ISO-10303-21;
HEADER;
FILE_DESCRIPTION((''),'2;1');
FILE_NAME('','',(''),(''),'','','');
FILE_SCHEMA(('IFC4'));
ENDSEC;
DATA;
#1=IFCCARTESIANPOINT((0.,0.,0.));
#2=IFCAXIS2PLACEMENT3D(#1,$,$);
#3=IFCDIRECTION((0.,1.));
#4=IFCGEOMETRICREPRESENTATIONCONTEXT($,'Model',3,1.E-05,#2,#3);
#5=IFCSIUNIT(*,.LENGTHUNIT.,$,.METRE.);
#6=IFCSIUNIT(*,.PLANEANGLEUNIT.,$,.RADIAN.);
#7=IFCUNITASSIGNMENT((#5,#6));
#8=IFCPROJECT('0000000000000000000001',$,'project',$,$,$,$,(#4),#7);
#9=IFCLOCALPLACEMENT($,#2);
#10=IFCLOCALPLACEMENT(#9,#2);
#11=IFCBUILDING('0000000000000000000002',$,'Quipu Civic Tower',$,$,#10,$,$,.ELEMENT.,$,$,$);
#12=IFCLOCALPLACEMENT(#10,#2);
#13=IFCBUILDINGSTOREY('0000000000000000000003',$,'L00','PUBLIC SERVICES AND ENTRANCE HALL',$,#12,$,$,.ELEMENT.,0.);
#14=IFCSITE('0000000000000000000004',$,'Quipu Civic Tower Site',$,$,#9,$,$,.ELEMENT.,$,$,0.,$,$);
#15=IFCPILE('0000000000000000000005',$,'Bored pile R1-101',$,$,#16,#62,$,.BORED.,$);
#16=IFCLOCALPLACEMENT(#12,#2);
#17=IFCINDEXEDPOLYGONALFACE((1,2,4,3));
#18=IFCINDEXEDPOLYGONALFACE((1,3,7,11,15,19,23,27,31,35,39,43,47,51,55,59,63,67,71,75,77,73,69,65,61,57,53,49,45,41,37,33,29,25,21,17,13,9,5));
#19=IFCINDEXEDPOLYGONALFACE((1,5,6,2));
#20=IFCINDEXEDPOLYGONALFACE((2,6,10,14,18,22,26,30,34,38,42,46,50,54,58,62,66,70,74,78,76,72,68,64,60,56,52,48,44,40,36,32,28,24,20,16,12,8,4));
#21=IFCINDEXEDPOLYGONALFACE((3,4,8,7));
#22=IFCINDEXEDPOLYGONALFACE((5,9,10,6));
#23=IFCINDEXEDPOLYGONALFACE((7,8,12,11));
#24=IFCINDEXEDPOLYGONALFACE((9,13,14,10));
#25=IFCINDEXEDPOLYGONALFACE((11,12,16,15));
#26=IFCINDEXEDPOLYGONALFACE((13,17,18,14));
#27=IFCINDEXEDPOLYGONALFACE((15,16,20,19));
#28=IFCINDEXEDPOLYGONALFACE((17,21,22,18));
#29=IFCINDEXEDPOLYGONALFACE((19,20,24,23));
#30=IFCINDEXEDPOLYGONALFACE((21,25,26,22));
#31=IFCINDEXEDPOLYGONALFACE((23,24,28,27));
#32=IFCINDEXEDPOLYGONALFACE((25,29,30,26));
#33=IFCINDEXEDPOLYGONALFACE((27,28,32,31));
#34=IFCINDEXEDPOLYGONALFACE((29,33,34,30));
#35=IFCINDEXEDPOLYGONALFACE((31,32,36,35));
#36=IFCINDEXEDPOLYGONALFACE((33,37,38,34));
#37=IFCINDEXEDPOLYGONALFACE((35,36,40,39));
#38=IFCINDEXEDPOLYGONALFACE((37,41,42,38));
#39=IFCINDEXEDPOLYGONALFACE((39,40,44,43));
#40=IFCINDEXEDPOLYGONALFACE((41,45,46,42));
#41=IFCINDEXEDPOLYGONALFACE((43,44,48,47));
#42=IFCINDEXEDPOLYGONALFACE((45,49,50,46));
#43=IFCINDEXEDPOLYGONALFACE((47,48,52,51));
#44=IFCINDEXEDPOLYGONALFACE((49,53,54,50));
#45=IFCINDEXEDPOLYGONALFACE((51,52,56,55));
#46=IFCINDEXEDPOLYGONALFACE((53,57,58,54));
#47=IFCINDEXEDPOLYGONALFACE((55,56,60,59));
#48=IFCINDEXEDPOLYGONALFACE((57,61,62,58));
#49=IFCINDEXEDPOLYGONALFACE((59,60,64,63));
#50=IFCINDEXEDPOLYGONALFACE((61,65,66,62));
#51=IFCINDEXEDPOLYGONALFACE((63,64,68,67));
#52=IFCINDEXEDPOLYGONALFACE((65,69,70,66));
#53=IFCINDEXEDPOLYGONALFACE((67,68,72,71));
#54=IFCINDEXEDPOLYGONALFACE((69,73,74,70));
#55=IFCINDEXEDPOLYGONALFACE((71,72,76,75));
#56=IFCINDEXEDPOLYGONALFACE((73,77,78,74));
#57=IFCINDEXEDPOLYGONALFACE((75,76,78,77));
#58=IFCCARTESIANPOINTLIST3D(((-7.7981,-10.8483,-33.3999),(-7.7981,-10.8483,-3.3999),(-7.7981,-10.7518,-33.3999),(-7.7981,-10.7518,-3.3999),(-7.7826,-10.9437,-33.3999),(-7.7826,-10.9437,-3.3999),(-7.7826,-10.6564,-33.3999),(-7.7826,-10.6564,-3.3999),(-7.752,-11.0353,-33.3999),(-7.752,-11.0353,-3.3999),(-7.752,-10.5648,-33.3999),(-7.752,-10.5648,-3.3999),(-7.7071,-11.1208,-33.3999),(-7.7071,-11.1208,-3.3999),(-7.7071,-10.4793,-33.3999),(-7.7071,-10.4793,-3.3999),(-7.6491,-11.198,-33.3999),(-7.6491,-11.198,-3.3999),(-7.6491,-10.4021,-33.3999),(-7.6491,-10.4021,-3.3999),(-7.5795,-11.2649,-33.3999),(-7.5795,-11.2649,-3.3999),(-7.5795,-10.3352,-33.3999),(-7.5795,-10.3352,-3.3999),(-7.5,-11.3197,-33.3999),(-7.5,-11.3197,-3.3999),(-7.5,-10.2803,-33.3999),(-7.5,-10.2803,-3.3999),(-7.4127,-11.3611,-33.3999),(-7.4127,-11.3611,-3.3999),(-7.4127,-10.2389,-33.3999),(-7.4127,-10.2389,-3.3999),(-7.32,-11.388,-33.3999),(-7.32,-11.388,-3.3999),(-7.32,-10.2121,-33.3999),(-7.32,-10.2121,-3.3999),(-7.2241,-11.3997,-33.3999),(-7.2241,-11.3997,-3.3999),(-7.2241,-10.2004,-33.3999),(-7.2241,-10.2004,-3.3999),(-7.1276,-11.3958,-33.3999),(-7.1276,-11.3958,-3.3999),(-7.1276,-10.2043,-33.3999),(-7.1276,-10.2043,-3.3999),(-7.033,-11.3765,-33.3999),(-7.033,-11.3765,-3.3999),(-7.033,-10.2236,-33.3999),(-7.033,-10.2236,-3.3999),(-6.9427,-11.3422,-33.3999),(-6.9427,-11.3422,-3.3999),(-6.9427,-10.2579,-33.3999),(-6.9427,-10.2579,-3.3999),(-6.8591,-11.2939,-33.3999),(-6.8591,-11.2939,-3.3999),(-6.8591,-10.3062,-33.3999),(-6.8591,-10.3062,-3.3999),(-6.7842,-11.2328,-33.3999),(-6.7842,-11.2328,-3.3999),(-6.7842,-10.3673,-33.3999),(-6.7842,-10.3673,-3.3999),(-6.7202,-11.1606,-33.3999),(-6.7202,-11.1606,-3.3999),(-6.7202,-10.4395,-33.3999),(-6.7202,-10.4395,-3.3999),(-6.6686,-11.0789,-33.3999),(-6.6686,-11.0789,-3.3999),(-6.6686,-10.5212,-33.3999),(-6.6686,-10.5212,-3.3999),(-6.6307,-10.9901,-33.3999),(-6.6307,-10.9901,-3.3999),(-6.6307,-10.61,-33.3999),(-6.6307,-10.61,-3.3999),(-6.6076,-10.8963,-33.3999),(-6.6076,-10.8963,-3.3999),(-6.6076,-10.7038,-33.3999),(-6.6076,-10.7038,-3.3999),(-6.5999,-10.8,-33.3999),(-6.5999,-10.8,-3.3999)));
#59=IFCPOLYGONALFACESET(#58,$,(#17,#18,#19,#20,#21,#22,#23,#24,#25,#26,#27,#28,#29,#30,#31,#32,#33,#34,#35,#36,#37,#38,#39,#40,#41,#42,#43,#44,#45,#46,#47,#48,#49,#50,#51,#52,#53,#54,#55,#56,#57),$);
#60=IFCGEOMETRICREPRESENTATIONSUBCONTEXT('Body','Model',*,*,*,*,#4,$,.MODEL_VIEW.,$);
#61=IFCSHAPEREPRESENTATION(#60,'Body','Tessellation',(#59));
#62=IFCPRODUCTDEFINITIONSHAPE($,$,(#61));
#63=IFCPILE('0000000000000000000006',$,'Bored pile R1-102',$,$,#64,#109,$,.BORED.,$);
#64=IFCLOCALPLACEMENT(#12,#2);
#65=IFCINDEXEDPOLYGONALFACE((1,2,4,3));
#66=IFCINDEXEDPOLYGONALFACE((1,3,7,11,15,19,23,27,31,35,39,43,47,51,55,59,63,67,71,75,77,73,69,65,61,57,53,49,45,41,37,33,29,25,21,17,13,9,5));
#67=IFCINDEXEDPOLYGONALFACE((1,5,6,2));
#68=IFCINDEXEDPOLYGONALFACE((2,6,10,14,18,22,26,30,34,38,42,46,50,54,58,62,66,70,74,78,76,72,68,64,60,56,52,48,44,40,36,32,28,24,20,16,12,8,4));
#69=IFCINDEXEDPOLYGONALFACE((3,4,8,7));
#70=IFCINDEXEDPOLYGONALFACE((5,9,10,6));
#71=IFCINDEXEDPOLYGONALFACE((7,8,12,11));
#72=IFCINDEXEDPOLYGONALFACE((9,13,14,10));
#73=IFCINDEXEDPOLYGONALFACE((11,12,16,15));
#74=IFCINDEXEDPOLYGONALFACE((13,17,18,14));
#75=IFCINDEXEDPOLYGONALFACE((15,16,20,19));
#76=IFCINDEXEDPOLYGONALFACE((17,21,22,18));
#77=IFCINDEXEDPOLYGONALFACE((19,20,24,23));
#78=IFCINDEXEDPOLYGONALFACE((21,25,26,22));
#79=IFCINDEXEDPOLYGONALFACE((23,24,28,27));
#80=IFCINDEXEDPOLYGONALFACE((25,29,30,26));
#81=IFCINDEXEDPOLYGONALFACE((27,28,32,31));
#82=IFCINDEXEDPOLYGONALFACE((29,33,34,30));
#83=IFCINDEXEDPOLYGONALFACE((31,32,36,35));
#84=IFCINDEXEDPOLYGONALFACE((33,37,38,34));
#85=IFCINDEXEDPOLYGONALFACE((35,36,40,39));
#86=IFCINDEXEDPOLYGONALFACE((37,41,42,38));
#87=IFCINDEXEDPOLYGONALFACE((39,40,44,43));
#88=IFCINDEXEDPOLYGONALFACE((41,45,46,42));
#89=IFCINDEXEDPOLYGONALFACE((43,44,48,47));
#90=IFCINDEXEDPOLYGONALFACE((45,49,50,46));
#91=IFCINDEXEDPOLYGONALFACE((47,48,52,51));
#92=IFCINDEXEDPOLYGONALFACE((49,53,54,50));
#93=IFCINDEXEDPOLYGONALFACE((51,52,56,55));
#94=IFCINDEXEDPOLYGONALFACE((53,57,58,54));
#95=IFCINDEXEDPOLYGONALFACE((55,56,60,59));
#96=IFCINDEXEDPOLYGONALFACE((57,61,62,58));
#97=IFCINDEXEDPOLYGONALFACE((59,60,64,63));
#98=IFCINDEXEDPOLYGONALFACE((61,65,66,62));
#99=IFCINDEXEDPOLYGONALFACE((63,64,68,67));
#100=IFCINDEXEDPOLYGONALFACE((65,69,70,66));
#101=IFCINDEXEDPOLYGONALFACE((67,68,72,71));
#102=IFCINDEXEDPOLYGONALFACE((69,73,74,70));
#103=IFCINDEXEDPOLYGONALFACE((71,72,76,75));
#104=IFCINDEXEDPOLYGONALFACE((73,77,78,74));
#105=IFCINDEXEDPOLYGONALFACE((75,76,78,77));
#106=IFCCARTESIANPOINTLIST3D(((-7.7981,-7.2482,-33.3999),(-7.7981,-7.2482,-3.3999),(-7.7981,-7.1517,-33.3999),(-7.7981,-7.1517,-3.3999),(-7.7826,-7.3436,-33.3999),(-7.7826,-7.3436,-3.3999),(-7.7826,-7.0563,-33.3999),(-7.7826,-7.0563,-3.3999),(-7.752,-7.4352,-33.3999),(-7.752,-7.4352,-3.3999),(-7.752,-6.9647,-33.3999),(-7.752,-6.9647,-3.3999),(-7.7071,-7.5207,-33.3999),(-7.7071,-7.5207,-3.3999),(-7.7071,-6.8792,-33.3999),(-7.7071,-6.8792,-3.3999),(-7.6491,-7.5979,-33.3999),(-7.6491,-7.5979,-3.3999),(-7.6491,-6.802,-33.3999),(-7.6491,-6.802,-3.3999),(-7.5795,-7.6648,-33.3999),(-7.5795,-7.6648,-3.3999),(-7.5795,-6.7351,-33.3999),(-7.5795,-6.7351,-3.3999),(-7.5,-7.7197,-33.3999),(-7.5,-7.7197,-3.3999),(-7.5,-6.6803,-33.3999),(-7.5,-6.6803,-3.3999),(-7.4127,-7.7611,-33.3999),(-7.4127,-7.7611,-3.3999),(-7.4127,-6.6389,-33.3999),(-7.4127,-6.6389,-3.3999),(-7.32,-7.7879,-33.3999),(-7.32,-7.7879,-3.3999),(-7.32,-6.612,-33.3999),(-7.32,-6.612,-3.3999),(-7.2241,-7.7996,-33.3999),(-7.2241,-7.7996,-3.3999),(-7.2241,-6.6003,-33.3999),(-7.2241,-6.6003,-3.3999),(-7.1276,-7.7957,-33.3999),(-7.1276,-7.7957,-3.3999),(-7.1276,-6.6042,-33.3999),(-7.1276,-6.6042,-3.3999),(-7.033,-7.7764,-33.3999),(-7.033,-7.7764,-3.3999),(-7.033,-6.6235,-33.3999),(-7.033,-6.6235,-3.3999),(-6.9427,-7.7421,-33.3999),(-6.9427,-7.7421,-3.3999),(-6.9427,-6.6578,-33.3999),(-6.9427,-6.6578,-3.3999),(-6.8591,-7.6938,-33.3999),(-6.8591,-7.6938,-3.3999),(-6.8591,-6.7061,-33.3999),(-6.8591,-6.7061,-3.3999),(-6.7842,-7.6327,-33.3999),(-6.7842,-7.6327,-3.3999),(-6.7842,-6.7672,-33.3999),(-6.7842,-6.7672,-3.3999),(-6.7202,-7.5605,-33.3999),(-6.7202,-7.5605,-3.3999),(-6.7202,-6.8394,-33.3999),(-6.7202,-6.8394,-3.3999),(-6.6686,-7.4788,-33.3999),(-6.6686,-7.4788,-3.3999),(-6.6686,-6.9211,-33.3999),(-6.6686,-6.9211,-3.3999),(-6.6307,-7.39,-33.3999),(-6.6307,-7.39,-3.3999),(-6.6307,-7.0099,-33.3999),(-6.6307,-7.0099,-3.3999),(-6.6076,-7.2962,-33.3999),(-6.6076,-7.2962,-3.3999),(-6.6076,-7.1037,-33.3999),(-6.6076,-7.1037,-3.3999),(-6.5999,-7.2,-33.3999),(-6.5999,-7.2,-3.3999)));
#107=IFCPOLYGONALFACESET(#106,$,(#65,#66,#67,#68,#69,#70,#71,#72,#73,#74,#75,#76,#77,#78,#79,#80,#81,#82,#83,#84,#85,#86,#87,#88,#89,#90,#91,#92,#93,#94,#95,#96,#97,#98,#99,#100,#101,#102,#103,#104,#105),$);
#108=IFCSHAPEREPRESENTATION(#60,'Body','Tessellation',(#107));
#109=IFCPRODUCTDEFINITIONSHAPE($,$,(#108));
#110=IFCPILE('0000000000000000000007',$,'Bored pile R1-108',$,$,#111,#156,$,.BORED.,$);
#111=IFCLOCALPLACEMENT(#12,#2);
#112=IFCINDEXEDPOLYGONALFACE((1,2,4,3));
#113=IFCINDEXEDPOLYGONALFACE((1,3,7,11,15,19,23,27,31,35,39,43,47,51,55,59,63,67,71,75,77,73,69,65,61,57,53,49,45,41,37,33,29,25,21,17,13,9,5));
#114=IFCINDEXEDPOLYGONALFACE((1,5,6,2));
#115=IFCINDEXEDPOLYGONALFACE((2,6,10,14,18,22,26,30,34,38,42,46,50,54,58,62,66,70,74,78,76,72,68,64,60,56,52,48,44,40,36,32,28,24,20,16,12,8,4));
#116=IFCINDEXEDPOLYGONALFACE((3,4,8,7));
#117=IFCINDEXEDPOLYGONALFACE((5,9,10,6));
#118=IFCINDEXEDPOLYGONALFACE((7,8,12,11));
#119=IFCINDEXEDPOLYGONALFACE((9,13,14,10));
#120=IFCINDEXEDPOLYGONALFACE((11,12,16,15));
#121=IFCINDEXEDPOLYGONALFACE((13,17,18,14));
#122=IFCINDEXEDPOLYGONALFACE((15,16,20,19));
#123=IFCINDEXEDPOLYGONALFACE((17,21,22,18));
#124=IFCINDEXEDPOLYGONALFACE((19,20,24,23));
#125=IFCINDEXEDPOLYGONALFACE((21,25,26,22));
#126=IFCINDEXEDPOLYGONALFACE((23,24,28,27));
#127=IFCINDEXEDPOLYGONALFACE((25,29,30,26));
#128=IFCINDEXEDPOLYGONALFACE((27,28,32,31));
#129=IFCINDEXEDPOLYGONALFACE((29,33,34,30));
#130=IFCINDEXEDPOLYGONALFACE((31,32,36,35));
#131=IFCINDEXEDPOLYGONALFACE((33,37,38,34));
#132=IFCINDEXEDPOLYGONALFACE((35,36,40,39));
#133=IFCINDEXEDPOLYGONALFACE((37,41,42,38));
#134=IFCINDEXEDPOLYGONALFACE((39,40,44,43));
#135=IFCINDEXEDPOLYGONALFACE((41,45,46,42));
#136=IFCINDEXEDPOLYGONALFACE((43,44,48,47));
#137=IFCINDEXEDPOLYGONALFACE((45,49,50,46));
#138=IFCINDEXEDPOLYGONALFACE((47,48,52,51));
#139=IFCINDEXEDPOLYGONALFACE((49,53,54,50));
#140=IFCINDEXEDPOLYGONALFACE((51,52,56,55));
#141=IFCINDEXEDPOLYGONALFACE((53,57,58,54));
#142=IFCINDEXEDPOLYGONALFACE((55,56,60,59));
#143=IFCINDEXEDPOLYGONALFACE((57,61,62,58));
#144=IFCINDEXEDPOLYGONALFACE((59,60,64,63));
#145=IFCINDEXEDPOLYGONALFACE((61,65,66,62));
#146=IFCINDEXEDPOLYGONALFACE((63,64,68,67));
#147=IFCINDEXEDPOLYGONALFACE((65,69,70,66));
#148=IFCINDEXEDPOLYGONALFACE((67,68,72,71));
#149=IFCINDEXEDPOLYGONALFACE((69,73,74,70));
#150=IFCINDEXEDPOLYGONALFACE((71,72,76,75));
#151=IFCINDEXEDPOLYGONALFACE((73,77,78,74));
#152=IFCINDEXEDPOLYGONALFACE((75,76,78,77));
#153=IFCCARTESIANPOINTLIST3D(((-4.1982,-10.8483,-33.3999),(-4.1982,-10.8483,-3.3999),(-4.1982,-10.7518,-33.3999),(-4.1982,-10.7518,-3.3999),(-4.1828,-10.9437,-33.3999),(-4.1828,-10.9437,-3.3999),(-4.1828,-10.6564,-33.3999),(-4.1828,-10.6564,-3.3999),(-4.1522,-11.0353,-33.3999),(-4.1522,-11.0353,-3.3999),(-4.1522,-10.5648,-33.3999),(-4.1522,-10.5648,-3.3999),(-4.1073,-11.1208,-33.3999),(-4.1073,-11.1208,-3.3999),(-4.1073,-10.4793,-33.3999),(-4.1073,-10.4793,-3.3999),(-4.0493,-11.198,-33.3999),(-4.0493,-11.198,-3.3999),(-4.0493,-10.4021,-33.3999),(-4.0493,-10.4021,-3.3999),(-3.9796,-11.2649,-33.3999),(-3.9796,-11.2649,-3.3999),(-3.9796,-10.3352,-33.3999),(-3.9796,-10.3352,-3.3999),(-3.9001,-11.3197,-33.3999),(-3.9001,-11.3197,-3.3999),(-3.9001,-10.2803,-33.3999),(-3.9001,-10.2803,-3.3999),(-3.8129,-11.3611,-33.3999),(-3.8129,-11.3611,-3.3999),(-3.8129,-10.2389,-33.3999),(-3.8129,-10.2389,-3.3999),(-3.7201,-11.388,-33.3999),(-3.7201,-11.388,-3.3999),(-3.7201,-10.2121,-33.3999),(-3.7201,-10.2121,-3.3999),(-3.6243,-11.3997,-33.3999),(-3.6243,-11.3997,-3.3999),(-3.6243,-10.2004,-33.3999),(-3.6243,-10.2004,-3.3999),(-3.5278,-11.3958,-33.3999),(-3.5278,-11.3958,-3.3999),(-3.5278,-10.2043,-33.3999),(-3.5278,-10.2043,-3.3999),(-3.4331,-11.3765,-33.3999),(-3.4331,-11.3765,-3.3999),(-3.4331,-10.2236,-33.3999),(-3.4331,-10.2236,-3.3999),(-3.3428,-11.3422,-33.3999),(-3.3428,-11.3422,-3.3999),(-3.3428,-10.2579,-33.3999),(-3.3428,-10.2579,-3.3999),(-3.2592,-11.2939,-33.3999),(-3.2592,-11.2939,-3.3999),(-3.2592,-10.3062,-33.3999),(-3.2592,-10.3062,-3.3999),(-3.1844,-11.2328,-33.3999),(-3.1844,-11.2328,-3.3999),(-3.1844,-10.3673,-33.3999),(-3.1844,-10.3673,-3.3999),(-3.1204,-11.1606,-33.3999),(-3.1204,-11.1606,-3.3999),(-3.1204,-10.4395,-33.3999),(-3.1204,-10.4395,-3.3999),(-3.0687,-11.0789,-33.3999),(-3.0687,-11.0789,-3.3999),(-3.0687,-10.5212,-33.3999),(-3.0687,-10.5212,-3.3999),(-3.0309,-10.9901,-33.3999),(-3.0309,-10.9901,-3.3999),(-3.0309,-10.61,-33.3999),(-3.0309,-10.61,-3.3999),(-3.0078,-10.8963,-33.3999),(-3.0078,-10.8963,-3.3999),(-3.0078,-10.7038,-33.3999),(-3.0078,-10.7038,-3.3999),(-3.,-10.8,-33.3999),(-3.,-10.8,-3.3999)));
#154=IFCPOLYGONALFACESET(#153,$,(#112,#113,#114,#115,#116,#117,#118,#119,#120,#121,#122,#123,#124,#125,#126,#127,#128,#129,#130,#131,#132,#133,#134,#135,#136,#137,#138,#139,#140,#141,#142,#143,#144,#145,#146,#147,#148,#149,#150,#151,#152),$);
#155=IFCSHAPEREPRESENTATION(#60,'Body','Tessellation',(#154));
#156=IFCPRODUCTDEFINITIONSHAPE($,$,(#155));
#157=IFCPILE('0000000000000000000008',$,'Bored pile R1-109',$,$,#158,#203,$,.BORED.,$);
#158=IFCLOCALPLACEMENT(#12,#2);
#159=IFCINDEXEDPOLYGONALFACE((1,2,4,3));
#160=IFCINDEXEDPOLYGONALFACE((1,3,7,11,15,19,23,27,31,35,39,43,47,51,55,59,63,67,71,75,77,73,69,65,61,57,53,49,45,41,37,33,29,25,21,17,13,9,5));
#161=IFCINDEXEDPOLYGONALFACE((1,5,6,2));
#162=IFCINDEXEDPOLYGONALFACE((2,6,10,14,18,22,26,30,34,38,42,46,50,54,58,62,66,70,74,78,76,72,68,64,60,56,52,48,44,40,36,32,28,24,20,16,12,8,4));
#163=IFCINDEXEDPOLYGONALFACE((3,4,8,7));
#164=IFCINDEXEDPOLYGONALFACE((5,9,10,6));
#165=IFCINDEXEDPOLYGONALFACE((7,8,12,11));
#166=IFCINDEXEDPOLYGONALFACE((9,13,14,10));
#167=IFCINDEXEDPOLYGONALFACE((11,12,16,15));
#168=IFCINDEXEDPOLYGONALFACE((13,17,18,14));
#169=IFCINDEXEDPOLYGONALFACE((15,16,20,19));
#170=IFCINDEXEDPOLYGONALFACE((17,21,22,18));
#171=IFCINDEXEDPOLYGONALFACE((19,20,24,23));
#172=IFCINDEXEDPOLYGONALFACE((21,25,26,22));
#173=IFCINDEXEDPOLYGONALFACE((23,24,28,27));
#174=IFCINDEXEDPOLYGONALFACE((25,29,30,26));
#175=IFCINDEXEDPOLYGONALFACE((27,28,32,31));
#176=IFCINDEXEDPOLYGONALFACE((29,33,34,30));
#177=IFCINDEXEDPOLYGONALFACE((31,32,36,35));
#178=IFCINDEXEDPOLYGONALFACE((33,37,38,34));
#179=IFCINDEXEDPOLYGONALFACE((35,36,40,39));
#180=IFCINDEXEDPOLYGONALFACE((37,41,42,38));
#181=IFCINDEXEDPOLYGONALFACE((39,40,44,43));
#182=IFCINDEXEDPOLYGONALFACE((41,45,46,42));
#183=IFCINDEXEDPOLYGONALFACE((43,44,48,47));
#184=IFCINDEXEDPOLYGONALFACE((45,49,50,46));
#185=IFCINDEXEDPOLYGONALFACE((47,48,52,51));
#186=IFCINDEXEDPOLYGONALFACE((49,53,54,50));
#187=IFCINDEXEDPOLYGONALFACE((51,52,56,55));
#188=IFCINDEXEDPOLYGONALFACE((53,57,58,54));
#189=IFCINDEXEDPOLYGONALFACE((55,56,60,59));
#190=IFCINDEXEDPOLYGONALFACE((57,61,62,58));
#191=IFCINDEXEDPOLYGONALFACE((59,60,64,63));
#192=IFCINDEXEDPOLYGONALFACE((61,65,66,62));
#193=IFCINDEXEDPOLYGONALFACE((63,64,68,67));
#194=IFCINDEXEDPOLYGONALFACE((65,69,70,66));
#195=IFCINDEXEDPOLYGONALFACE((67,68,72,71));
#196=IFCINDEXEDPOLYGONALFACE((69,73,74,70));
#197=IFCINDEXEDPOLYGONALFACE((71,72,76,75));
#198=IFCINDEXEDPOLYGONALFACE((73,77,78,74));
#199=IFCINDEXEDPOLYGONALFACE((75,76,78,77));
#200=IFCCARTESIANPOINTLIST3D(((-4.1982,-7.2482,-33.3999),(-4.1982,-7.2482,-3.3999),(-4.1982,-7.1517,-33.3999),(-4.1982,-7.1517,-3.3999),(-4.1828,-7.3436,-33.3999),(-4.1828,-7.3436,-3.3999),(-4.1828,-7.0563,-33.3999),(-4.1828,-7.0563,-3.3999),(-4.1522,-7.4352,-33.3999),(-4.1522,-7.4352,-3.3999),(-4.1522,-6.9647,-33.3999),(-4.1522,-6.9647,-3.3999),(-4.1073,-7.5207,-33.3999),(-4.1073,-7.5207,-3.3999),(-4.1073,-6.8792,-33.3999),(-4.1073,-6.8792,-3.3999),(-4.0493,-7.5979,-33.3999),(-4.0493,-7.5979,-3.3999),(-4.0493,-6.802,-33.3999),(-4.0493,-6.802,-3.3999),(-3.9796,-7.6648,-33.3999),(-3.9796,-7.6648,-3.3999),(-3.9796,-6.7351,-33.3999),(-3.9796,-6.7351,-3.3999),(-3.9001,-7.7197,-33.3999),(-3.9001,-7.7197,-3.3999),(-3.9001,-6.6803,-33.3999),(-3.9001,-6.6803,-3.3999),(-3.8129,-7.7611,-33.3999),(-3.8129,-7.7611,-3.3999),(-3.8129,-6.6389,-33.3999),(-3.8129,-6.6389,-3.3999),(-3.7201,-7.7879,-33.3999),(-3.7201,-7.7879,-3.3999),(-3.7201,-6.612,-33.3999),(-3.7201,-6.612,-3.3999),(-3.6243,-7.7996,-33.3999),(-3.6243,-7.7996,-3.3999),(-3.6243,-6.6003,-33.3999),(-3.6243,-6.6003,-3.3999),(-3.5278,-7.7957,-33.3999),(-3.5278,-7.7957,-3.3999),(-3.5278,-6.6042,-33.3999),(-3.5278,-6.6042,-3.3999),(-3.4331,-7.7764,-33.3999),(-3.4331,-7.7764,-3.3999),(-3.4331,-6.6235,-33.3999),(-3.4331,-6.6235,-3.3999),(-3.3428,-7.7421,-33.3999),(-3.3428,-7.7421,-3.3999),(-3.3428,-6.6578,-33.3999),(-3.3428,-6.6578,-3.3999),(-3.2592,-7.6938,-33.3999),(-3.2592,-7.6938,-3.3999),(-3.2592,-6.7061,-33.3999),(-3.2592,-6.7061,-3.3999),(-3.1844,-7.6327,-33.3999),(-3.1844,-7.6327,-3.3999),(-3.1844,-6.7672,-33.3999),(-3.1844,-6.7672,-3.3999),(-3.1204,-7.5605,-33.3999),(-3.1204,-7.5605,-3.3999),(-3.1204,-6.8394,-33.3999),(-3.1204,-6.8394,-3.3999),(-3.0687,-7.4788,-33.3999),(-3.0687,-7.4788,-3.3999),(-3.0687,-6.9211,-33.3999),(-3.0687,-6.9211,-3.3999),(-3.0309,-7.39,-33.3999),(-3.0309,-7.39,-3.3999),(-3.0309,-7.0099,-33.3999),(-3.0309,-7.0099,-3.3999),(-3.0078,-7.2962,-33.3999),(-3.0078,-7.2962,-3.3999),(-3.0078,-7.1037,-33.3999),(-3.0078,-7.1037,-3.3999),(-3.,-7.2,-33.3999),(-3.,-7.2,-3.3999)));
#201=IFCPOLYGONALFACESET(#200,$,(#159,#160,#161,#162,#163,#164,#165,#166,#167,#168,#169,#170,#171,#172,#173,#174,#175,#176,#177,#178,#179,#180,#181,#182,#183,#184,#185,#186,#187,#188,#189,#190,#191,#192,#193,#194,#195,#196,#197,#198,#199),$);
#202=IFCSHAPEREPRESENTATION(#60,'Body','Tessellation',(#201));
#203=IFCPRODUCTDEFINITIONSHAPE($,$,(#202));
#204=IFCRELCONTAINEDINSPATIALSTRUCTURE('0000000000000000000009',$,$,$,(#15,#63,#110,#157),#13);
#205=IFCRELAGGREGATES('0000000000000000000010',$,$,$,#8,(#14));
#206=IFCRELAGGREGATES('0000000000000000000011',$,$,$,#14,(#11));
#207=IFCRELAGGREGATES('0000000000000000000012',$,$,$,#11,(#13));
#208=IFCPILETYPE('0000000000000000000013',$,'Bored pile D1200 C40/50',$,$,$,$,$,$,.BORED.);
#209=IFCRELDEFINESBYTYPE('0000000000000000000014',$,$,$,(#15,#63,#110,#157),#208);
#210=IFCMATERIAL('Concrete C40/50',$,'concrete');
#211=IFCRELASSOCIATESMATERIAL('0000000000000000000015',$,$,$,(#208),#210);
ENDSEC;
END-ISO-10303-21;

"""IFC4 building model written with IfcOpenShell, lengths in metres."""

from ifc_helpers import new_model, si_unit, direction, frame, origin, origin_2d, place, context, subcontext, project, spatial, circle, extrude, material, material_profile, profile_set, type_object, element, save


model = new_model("IFC4")

# Units and contexts
model_context = context("Model", 3, precision=1e-05, world=origin(), true_north=direction((0.0, 1.0)))
body_context = subcontext(model_context, "Body", "Model", "MODEL_VIEW")
ifc_project = project(units=[si_unit("LENGTHUNIT", "METRE"), si_unit("PLANEANGLEUNIT", "RADIAN")], contexts=[model_context])

# Site, building, storey
site_placement = place(None, origin())
site = spatial("IfcSite", under=ifc_project, at=site_placement, Name="Quipu Civic Tower Site", CompositionType="ELEMENT", RefElevation=0.0)
building_placement = place(site_placement, origin())
building = spatial("IfcBuilding", under=site, at=building_placement, Name="Quipu Civic Tower", CompositionType="ELEMENT")
storey_placement = place(building_placement, origin())
storey = spatial("IfcBuildingStorey", under=building, at=storey_placement, Name="L00", Description="PUBLIC SERVICES AND ENTRANCE HALL", CompositionType="ELEMENT", Elevation=0.0)

# Piles
ifc_material_1 = material(Name="Concrete C40/50", Category="concrete")
ifc_material_profile = material_profile(ifc_material_1, circle(Radius=0.6001, at=origin_2d()), Name="RCD1200")
ifc_profile_set = profile_set([ifc_material_profile], Name="Concrete C40/50")
pile_type = type_object("IfcPileType", Name="Bored pile D1200 C40/50", PredefinedType="BORED", material=ifc_profile_set)
for number, where, z_axis, x_axis, name in (
    (1, (-7.2, -10.8, -3.3999), (0.0, 0.0, -1.0), (1.0, 0.0, 0.0), "Bored pile R1-101"),
    (2, (-7.2, -7.2, -3.3999), (0.0, 0.0, -1.0), (1.0, 0.0, 0.0), "Bored pile R1-102"),
    (3, (-3.6001, -10.8, -3.3999), (0.0, 0.0, -1.0), (1.0, 0.0, 0.0), "Bored pile R1-108"),
    (4, (-3.6001, -7.2, -3.3999), (0.0, 0.0, -1.0), (1.0, 0.0, 0.0), "Bored pile R1-109"),
):
    element("IfcPile", number, at=place(storey_placement, frame(where, z_axis=z_axis, x_axis=x_axis)), inside=storey, type_object=pile_type, Name=name, PredefinedType="BORED", context=body_context, shape_type="SweptSolid", body=[
        extrude(circle(Radius=0.6001, at=origin_2d()), origin(), (0.0, 0.0, 1.0), 30.0),
    ])

save(model, "model.ifc")
